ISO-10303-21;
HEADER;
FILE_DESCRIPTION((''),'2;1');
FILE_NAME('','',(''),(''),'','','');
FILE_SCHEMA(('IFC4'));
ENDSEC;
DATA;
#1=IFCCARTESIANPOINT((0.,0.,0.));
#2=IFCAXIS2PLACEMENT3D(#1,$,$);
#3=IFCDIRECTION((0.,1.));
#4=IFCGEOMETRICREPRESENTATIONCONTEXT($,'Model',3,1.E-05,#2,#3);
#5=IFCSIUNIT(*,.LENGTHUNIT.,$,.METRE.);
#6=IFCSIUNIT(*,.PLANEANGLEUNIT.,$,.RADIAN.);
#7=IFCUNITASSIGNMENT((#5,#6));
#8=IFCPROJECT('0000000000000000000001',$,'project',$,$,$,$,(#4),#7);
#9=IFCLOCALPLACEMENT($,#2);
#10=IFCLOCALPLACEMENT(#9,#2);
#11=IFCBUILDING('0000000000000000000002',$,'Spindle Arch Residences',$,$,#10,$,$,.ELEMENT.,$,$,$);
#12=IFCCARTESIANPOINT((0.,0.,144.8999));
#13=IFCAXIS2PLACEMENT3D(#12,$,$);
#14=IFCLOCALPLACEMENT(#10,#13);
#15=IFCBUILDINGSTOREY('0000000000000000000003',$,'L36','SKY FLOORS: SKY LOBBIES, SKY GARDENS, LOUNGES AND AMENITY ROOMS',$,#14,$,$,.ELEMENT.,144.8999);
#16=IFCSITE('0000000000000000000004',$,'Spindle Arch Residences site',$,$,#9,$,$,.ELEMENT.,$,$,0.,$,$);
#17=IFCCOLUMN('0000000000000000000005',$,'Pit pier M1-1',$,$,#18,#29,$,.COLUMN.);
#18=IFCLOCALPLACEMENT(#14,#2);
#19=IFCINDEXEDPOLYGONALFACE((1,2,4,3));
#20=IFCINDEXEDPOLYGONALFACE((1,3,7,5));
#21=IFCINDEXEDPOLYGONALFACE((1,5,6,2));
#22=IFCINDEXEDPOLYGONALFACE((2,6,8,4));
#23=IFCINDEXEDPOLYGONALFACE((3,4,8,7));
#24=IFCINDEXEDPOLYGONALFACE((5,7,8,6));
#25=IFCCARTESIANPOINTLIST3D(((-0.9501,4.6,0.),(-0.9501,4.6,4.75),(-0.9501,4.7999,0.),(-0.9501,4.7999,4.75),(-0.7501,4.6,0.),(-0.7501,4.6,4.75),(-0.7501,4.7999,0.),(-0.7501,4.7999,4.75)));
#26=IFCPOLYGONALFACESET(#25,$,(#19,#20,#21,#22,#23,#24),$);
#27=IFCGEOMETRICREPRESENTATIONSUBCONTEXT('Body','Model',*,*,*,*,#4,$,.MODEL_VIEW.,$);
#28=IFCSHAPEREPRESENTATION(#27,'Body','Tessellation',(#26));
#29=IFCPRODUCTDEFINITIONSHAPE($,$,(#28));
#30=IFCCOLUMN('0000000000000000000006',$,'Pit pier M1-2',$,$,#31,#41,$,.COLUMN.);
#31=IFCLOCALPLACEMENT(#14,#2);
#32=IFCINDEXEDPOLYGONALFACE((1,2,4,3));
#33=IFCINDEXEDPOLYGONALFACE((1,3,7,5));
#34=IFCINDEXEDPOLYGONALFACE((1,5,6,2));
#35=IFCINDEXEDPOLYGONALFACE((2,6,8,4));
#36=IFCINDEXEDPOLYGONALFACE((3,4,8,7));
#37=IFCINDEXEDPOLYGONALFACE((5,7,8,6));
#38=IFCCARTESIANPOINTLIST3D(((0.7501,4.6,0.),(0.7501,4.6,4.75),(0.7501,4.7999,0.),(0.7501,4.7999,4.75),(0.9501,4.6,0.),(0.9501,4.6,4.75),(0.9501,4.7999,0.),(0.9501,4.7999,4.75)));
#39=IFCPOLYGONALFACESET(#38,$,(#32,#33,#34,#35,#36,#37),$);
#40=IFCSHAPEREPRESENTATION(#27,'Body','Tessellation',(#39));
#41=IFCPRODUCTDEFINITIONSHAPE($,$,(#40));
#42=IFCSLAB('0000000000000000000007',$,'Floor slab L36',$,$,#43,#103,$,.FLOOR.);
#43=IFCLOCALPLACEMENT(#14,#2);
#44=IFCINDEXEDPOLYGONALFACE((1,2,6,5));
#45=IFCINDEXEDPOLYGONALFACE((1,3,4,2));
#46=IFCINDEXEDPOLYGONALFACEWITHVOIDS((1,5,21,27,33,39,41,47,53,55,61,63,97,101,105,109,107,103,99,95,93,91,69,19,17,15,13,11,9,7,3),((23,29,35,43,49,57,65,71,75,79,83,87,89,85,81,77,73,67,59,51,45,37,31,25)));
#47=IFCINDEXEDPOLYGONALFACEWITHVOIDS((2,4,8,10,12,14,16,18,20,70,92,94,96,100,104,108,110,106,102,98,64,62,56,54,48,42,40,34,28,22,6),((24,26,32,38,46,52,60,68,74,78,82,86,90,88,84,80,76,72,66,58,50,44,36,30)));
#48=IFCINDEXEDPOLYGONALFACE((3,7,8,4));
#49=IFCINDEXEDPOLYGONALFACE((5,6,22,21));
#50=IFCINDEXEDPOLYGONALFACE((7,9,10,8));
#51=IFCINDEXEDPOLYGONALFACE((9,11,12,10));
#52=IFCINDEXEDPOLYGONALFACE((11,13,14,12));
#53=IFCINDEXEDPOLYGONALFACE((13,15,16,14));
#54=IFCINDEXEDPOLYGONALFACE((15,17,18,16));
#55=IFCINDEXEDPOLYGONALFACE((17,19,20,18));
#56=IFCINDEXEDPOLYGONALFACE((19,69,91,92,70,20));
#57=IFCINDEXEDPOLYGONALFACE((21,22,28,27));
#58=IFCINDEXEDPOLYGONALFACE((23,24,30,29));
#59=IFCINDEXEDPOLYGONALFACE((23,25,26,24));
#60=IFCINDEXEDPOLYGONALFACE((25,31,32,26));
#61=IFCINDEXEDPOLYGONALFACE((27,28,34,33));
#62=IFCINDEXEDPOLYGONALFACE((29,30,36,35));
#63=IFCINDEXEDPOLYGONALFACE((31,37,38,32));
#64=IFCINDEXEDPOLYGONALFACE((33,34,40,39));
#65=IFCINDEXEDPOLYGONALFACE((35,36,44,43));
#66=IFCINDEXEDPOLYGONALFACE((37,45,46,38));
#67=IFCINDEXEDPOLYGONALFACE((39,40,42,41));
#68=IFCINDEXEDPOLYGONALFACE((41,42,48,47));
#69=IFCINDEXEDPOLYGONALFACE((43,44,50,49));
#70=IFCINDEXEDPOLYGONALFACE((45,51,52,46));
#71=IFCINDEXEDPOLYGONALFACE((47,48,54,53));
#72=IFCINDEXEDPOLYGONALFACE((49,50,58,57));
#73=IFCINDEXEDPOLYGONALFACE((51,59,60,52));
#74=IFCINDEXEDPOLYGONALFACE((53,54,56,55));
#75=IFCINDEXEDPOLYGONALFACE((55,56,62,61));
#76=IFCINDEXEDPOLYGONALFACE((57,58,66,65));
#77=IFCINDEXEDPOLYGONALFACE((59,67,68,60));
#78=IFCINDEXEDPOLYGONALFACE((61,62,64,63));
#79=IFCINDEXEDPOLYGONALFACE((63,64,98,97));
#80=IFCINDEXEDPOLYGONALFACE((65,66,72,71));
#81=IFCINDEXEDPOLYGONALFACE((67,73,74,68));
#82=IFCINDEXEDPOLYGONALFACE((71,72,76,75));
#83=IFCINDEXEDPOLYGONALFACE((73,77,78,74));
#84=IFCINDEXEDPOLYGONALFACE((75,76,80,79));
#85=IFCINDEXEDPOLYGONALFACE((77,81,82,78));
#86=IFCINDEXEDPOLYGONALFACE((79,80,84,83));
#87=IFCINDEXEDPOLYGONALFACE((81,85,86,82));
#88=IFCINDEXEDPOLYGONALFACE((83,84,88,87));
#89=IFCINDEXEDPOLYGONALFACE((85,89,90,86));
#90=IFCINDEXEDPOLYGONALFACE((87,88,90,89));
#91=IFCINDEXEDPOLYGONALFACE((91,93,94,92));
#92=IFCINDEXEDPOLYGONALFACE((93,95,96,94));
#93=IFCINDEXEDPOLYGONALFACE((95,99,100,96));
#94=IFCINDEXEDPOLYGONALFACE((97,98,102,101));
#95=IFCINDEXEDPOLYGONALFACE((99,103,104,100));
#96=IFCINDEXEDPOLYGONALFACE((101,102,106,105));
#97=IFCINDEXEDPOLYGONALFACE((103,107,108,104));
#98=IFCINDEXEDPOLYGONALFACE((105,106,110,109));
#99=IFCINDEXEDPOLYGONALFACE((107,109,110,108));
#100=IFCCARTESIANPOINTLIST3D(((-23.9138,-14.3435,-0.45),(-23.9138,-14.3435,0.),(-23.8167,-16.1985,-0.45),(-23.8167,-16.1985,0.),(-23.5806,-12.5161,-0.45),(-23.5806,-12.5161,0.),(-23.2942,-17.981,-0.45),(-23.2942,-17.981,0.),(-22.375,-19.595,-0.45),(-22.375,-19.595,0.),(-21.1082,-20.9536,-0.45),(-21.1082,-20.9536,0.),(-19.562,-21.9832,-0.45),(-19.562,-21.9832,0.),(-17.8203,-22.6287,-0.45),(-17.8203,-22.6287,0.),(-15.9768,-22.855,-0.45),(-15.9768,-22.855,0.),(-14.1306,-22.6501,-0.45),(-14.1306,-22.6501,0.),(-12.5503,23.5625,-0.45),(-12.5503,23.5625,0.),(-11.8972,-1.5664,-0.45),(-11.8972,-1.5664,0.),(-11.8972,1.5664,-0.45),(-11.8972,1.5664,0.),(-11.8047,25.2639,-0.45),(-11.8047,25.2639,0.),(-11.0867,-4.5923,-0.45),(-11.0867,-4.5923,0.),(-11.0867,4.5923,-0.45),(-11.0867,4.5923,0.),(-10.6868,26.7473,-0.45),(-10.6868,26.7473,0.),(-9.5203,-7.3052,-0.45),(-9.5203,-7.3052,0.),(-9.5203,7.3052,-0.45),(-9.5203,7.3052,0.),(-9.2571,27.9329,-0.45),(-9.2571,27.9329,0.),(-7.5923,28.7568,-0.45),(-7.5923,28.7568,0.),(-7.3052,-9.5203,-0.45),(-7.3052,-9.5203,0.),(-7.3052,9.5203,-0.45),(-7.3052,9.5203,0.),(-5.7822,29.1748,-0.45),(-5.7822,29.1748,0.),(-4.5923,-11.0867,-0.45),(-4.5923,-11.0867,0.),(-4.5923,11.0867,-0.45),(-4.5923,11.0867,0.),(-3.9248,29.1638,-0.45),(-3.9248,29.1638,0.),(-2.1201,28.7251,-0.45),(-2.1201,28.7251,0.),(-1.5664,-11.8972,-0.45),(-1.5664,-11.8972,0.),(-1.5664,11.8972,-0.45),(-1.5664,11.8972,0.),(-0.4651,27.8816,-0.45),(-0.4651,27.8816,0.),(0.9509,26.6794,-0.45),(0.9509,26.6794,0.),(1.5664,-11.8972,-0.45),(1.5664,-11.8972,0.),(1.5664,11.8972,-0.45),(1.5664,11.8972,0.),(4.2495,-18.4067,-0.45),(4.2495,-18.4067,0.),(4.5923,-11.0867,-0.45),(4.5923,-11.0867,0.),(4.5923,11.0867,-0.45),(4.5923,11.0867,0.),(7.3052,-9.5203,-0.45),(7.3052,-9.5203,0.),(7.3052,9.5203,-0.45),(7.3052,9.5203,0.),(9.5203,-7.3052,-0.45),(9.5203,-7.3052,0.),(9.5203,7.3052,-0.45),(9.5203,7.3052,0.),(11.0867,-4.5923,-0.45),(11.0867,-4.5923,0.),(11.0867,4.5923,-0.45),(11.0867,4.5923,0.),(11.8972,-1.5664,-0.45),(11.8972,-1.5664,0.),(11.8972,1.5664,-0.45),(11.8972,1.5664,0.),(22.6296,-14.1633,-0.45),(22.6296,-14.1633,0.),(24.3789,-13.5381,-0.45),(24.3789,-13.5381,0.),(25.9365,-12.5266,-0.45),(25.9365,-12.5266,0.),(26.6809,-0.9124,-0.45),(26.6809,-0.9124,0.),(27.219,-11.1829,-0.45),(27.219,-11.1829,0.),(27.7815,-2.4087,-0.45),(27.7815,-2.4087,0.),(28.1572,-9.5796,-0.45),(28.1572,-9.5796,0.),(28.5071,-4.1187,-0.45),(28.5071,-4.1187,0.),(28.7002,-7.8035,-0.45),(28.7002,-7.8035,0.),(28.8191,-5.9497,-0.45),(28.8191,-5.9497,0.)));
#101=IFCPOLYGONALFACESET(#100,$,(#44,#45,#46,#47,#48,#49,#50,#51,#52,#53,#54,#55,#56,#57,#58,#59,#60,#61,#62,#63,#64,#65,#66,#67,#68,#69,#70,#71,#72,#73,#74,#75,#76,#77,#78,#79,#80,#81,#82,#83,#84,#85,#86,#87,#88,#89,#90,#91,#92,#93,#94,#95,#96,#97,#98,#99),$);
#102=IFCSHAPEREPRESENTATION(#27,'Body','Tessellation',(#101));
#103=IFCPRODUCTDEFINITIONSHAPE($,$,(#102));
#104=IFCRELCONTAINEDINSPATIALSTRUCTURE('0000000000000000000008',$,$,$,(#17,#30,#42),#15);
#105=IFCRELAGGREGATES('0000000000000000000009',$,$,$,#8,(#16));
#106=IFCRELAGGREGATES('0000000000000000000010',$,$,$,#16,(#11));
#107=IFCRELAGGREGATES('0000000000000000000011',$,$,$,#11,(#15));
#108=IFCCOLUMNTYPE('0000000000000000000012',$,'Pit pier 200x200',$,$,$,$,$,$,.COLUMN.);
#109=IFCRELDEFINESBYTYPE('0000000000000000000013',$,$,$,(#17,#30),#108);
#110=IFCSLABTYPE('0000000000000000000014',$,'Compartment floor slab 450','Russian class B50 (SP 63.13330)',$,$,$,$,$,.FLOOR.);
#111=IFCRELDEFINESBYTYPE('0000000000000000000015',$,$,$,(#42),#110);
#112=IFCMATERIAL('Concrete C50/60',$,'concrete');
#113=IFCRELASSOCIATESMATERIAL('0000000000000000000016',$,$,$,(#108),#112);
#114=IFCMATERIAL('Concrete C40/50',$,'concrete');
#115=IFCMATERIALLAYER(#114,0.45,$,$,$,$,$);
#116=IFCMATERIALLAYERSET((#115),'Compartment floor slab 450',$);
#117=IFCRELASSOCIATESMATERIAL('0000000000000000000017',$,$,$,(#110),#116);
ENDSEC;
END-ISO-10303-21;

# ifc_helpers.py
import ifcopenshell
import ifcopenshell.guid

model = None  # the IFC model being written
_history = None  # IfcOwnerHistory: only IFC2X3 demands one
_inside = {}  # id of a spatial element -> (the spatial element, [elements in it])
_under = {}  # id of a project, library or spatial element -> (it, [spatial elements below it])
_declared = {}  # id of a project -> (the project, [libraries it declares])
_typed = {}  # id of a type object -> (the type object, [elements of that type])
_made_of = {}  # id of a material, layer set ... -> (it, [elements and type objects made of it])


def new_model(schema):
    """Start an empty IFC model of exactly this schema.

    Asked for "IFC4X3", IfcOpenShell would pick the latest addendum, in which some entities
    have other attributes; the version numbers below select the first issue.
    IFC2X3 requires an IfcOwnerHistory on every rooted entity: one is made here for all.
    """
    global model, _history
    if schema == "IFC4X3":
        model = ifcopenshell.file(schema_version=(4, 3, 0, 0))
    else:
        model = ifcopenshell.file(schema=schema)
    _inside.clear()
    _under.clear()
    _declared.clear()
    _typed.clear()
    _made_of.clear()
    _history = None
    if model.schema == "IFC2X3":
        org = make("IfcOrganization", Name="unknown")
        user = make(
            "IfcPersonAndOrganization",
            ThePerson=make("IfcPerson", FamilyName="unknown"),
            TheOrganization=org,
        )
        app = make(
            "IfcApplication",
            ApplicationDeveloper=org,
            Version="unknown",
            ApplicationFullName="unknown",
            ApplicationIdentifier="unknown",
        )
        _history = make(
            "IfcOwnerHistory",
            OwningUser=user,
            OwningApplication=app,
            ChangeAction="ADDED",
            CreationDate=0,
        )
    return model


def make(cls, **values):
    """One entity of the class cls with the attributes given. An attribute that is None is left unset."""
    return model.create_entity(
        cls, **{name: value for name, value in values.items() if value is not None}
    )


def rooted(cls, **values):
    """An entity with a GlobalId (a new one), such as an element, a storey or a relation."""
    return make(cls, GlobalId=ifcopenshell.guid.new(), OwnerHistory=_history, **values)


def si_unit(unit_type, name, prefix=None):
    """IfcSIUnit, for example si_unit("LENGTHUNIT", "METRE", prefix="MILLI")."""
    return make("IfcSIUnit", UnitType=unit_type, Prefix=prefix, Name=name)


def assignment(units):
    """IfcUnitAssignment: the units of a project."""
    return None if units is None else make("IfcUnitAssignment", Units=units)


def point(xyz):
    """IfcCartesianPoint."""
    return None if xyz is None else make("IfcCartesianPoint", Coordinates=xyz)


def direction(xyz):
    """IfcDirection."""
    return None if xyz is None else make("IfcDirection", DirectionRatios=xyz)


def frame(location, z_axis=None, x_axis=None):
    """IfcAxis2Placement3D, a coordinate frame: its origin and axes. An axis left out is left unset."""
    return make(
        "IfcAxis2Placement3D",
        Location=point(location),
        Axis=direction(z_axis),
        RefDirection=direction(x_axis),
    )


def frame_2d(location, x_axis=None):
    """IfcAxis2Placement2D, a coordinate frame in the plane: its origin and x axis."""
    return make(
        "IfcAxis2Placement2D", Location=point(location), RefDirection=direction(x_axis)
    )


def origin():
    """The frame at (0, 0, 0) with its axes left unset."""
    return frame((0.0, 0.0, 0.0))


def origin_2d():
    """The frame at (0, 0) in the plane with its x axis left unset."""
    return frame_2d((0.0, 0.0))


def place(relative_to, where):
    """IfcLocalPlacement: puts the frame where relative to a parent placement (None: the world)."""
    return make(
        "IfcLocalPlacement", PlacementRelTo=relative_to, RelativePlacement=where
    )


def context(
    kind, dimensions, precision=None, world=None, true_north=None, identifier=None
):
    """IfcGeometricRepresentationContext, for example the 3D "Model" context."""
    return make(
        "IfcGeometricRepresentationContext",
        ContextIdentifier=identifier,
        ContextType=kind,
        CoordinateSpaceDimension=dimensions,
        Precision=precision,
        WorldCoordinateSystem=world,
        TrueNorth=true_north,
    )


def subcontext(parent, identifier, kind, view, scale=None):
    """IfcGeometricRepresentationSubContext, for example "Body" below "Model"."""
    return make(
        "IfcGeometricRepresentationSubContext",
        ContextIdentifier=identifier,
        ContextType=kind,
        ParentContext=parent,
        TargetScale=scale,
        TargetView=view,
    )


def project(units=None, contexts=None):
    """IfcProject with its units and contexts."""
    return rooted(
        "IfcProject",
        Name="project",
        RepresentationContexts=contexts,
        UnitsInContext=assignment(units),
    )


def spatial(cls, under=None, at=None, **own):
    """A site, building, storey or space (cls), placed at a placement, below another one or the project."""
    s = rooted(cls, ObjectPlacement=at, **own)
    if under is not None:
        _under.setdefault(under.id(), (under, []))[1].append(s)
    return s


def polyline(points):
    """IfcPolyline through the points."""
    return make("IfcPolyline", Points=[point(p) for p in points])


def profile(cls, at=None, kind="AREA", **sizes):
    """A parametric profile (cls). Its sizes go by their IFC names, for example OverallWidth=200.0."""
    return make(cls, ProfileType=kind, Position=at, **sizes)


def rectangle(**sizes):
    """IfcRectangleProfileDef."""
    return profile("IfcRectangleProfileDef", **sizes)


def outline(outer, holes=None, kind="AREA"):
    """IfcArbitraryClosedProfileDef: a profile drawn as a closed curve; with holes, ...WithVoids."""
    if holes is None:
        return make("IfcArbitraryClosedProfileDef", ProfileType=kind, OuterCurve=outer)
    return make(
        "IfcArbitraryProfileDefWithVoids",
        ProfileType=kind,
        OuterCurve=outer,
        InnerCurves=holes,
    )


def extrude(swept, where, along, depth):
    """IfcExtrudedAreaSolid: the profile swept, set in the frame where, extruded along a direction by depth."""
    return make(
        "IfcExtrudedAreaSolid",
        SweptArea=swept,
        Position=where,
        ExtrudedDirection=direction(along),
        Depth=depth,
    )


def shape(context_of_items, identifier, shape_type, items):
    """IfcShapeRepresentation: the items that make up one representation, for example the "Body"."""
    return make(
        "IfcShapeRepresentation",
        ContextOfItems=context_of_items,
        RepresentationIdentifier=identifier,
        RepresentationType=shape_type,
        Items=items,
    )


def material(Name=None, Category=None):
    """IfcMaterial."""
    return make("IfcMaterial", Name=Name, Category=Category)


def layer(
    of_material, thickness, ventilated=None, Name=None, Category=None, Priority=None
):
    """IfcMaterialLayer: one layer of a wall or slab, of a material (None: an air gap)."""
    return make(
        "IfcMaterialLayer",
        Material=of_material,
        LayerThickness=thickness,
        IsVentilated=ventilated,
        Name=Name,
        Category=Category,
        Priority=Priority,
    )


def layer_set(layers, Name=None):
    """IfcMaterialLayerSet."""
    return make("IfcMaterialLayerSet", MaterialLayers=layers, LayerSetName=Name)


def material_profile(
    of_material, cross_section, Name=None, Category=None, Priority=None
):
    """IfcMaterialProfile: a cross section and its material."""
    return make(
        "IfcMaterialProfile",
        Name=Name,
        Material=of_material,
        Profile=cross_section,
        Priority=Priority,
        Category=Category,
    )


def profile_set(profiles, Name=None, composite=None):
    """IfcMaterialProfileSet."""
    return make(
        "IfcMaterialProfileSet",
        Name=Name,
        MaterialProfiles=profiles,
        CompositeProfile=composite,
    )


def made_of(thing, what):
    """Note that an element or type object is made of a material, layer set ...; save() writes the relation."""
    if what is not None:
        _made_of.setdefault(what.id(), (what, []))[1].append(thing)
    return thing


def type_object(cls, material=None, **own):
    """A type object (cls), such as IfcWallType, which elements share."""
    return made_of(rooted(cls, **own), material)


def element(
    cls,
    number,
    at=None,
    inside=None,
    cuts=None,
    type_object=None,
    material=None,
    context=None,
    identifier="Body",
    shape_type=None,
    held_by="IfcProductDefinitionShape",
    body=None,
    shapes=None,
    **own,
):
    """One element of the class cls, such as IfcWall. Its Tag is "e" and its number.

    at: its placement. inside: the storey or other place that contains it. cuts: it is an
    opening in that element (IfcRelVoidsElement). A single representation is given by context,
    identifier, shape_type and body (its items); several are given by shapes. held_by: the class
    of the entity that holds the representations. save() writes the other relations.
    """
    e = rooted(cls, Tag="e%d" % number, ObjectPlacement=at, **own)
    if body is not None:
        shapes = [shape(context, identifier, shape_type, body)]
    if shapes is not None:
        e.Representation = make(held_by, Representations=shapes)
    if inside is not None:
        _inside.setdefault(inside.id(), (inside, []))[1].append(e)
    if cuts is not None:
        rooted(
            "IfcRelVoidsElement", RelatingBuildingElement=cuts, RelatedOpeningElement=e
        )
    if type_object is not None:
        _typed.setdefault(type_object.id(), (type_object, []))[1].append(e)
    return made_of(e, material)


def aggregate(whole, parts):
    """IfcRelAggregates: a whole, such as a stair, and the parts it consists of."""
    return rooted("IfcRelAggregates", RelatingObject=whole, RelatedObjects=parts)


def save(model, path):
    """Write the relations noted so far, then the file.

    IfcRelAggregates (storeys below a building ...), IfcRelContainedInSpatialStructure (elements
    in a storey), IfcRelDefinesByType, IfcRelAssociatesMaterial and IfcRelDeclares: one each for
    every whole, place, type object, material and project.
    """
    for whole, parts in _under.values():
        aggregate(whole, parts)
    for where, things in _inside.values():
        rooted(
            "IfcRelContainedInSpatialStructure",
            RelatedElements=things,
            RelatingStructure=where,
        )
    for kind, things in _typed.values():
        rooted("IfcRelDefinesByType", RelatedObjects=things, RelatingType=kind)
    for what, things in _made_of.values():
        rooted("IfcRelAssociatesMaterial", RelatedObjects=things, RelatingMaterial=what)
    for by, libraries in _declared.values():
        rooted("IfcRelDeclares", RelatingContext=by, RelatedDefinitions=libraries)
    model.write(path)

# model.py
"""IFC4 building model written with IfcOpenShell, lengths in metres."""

from ifc_helpers import new_model, si_unit, direction, frame, origin, origin_2d, place, context, subcontext, project, spatial, polyline, rectangle, outline, extrude, material, layer, layer_set, material_profile, profile_set, type_object, element, save


model = new_model("IFC4")

# Units and contexts
model_context = context("Model", 3, precision=1e-05, world=origin(), true_north=direction((0.0, 1.0)))
body_context = subcontext(model_context, "Body", "Model", "MODEL_VIEW")
ifc_project = project(units=[si_unit("LENGTHUNIT", "METRE"), si_unit("PLANEANGLEUNIT", "RADIAN")], contexts=[model_context])

# Site, building, storey
site_placement = place(None, origin())
site = spatial("IfcSite", under=ifc_project, at=site_placement, Name="Spindle Arch Residences site", CompositionType="ELEMENT", RefElevation=0.0)
building_placement = place(site_placement, origin())
building = spatial("IfcBuilding", under=site, at=building_placement, Name="Spindle Arch Residences", CompositionType="ELEMENT")
storey_placement = place(building_placement, frame((0.0, 0.0, 144.8999)))
storey = spatial("IfcBuildingStorey", under=building, at=storey_placement, Name="L36", Description="SKY FLOORS: SKY LOBBIES, SKY GARDENS, LOUNGES AND AMENITY ROOMS", CompositionType="ELEMENT", Elevation=144.8999)

# Columns
ifc_material_1 = material(Name="Concrete C50/60", Category="concrete")
ifc_material_profile = material_profile(ifc_material_1, rectangle(XDim=0.2, YDim=0.2, at=origin_2d()), Name="RC 200x200")
ifc_profile_set = profile_set([ifc_material_profile], Name="Concrete C50/60")
column_type = type_object("IfcColumnType", Name="Pit pier 200x200", PredefinedType="COLUMN", material=ifc_profile_set)
for number, where, z_axis, x_axis, name in (
    (1, (-0.8501, 4.7, 0.0), (0.0, 0.0, 1.0), (1.0, 0.0, 0.0), "Pit pier M1-1"),
    (2, (0.8501, 4.7, 0.0), (0.0, 0.0, 1.0), (1.0, 0.0, 0.0), "Pit pier M1-2"),
):
    element("IfcColumn", number, at=place(storey_placement, frame(where, z_axis=z_axis, x_axis=x_axis)), inside=storey, type_object=column_type, Name=name, PredefinedType="COLUMN", context=body_context, shape_type="SweptSolid", body=[
        extrude(rectangle(XDim=0.2, YDim=0.2, at=origin_2d()), origin(), (0.0, 0.0, 1.0), 4.75),
    ])

# Slab
ifc_material_2 = material(Name="Concrete C40/50", Category="concrete")
ifc_layer_1 = layer(ifc_material_2, 0.45)
ifc_layer_set_1 = layer_set([ifc_layer_1], Name="Compartment floor slab 450")
slab_type_1 = type_object("IfcSlabType", Name="Compartment floor slab 450", Description="Russian class B50 (SP 63.13330)", PredefinedType="FLOOR", material=ifc_layer_set_1)
slab_1_placement = place(storey_placement, frame((0.0, 0.0, -0.45)))
element("IfcSlab", 3, at=slab_1_placement, inside=storey, type_object=slab_type_1, Name="Floor slab L36", PredefinedType="FLOOR", context=body_context, shape_type="SweptSolid", body=[
    extrude(outline(polyline([(-14.1306, -22.6501), (-15.9768, -22.855), (-17.8203, -22.6287), (-19.562, -21.9832), (-21.1082, -20.9536), (-22.375, -19.595), (-23.2942, -17.981), (-23.8167, -16.1985), (-23.9138, -14.3435), (-23.5806, -12.5161), (-12.5503, 23.5625), (-11.8047, 25.2639), (-10.6868, 26.7473), (-9.2571, 27.9329), (-7.5923, 28.7568), (-5.7822, 29.1748), (-3.9248, 29.1638), (-2.1201, 28.7251), (-0.4651, 27.8816), (0.9509, 26.6794), (26.6809, -0.9124), (27.7815, -2.4087), (28.5071, -4.1187), (28.8191, -5.9497), (28.7002, -7.8035), (28.1572, -9.5796), (27.219, -11.1829), (25.9365, -12.5266), (24.3789, -13.5381), (22.6296, -14.1633), (4.2495, -18.4067), (-14.1306, -22.6501)]), holes=[polyline([(4.5923, -11.0867), (7.3052, -9.5203), (9.5203, -7.3052), (11.0867, -4.5923), (11.8972, -1.5664), (11.8972, 1.5664), (11.0867, 4.5923), (9.5203, 7.3052), (7.3052, 9.5203), (4.5923, 11.0867), (1.5664, 11.8972), (-1.5664, 11.8972), (-4.5923, 11.0867), (-7.3052, 9.5203), (-9.5203, 7.3052), (-11.0867, 4.5923), (-11.8972, 1.5664), (-11.8972, -1.5664), (-11.0867, -4.5923), (-9.5203, -7.3052), (-7.3052, -9.5203), (-4.5923, -11.0867), (-1.5664, -11.8972), (1.5664, -11.8972), (4.5923, -11.0867)])]), origin(), (0.0, 0.0, 1.0), 0.45),
])

save(model, "model.ifc")
